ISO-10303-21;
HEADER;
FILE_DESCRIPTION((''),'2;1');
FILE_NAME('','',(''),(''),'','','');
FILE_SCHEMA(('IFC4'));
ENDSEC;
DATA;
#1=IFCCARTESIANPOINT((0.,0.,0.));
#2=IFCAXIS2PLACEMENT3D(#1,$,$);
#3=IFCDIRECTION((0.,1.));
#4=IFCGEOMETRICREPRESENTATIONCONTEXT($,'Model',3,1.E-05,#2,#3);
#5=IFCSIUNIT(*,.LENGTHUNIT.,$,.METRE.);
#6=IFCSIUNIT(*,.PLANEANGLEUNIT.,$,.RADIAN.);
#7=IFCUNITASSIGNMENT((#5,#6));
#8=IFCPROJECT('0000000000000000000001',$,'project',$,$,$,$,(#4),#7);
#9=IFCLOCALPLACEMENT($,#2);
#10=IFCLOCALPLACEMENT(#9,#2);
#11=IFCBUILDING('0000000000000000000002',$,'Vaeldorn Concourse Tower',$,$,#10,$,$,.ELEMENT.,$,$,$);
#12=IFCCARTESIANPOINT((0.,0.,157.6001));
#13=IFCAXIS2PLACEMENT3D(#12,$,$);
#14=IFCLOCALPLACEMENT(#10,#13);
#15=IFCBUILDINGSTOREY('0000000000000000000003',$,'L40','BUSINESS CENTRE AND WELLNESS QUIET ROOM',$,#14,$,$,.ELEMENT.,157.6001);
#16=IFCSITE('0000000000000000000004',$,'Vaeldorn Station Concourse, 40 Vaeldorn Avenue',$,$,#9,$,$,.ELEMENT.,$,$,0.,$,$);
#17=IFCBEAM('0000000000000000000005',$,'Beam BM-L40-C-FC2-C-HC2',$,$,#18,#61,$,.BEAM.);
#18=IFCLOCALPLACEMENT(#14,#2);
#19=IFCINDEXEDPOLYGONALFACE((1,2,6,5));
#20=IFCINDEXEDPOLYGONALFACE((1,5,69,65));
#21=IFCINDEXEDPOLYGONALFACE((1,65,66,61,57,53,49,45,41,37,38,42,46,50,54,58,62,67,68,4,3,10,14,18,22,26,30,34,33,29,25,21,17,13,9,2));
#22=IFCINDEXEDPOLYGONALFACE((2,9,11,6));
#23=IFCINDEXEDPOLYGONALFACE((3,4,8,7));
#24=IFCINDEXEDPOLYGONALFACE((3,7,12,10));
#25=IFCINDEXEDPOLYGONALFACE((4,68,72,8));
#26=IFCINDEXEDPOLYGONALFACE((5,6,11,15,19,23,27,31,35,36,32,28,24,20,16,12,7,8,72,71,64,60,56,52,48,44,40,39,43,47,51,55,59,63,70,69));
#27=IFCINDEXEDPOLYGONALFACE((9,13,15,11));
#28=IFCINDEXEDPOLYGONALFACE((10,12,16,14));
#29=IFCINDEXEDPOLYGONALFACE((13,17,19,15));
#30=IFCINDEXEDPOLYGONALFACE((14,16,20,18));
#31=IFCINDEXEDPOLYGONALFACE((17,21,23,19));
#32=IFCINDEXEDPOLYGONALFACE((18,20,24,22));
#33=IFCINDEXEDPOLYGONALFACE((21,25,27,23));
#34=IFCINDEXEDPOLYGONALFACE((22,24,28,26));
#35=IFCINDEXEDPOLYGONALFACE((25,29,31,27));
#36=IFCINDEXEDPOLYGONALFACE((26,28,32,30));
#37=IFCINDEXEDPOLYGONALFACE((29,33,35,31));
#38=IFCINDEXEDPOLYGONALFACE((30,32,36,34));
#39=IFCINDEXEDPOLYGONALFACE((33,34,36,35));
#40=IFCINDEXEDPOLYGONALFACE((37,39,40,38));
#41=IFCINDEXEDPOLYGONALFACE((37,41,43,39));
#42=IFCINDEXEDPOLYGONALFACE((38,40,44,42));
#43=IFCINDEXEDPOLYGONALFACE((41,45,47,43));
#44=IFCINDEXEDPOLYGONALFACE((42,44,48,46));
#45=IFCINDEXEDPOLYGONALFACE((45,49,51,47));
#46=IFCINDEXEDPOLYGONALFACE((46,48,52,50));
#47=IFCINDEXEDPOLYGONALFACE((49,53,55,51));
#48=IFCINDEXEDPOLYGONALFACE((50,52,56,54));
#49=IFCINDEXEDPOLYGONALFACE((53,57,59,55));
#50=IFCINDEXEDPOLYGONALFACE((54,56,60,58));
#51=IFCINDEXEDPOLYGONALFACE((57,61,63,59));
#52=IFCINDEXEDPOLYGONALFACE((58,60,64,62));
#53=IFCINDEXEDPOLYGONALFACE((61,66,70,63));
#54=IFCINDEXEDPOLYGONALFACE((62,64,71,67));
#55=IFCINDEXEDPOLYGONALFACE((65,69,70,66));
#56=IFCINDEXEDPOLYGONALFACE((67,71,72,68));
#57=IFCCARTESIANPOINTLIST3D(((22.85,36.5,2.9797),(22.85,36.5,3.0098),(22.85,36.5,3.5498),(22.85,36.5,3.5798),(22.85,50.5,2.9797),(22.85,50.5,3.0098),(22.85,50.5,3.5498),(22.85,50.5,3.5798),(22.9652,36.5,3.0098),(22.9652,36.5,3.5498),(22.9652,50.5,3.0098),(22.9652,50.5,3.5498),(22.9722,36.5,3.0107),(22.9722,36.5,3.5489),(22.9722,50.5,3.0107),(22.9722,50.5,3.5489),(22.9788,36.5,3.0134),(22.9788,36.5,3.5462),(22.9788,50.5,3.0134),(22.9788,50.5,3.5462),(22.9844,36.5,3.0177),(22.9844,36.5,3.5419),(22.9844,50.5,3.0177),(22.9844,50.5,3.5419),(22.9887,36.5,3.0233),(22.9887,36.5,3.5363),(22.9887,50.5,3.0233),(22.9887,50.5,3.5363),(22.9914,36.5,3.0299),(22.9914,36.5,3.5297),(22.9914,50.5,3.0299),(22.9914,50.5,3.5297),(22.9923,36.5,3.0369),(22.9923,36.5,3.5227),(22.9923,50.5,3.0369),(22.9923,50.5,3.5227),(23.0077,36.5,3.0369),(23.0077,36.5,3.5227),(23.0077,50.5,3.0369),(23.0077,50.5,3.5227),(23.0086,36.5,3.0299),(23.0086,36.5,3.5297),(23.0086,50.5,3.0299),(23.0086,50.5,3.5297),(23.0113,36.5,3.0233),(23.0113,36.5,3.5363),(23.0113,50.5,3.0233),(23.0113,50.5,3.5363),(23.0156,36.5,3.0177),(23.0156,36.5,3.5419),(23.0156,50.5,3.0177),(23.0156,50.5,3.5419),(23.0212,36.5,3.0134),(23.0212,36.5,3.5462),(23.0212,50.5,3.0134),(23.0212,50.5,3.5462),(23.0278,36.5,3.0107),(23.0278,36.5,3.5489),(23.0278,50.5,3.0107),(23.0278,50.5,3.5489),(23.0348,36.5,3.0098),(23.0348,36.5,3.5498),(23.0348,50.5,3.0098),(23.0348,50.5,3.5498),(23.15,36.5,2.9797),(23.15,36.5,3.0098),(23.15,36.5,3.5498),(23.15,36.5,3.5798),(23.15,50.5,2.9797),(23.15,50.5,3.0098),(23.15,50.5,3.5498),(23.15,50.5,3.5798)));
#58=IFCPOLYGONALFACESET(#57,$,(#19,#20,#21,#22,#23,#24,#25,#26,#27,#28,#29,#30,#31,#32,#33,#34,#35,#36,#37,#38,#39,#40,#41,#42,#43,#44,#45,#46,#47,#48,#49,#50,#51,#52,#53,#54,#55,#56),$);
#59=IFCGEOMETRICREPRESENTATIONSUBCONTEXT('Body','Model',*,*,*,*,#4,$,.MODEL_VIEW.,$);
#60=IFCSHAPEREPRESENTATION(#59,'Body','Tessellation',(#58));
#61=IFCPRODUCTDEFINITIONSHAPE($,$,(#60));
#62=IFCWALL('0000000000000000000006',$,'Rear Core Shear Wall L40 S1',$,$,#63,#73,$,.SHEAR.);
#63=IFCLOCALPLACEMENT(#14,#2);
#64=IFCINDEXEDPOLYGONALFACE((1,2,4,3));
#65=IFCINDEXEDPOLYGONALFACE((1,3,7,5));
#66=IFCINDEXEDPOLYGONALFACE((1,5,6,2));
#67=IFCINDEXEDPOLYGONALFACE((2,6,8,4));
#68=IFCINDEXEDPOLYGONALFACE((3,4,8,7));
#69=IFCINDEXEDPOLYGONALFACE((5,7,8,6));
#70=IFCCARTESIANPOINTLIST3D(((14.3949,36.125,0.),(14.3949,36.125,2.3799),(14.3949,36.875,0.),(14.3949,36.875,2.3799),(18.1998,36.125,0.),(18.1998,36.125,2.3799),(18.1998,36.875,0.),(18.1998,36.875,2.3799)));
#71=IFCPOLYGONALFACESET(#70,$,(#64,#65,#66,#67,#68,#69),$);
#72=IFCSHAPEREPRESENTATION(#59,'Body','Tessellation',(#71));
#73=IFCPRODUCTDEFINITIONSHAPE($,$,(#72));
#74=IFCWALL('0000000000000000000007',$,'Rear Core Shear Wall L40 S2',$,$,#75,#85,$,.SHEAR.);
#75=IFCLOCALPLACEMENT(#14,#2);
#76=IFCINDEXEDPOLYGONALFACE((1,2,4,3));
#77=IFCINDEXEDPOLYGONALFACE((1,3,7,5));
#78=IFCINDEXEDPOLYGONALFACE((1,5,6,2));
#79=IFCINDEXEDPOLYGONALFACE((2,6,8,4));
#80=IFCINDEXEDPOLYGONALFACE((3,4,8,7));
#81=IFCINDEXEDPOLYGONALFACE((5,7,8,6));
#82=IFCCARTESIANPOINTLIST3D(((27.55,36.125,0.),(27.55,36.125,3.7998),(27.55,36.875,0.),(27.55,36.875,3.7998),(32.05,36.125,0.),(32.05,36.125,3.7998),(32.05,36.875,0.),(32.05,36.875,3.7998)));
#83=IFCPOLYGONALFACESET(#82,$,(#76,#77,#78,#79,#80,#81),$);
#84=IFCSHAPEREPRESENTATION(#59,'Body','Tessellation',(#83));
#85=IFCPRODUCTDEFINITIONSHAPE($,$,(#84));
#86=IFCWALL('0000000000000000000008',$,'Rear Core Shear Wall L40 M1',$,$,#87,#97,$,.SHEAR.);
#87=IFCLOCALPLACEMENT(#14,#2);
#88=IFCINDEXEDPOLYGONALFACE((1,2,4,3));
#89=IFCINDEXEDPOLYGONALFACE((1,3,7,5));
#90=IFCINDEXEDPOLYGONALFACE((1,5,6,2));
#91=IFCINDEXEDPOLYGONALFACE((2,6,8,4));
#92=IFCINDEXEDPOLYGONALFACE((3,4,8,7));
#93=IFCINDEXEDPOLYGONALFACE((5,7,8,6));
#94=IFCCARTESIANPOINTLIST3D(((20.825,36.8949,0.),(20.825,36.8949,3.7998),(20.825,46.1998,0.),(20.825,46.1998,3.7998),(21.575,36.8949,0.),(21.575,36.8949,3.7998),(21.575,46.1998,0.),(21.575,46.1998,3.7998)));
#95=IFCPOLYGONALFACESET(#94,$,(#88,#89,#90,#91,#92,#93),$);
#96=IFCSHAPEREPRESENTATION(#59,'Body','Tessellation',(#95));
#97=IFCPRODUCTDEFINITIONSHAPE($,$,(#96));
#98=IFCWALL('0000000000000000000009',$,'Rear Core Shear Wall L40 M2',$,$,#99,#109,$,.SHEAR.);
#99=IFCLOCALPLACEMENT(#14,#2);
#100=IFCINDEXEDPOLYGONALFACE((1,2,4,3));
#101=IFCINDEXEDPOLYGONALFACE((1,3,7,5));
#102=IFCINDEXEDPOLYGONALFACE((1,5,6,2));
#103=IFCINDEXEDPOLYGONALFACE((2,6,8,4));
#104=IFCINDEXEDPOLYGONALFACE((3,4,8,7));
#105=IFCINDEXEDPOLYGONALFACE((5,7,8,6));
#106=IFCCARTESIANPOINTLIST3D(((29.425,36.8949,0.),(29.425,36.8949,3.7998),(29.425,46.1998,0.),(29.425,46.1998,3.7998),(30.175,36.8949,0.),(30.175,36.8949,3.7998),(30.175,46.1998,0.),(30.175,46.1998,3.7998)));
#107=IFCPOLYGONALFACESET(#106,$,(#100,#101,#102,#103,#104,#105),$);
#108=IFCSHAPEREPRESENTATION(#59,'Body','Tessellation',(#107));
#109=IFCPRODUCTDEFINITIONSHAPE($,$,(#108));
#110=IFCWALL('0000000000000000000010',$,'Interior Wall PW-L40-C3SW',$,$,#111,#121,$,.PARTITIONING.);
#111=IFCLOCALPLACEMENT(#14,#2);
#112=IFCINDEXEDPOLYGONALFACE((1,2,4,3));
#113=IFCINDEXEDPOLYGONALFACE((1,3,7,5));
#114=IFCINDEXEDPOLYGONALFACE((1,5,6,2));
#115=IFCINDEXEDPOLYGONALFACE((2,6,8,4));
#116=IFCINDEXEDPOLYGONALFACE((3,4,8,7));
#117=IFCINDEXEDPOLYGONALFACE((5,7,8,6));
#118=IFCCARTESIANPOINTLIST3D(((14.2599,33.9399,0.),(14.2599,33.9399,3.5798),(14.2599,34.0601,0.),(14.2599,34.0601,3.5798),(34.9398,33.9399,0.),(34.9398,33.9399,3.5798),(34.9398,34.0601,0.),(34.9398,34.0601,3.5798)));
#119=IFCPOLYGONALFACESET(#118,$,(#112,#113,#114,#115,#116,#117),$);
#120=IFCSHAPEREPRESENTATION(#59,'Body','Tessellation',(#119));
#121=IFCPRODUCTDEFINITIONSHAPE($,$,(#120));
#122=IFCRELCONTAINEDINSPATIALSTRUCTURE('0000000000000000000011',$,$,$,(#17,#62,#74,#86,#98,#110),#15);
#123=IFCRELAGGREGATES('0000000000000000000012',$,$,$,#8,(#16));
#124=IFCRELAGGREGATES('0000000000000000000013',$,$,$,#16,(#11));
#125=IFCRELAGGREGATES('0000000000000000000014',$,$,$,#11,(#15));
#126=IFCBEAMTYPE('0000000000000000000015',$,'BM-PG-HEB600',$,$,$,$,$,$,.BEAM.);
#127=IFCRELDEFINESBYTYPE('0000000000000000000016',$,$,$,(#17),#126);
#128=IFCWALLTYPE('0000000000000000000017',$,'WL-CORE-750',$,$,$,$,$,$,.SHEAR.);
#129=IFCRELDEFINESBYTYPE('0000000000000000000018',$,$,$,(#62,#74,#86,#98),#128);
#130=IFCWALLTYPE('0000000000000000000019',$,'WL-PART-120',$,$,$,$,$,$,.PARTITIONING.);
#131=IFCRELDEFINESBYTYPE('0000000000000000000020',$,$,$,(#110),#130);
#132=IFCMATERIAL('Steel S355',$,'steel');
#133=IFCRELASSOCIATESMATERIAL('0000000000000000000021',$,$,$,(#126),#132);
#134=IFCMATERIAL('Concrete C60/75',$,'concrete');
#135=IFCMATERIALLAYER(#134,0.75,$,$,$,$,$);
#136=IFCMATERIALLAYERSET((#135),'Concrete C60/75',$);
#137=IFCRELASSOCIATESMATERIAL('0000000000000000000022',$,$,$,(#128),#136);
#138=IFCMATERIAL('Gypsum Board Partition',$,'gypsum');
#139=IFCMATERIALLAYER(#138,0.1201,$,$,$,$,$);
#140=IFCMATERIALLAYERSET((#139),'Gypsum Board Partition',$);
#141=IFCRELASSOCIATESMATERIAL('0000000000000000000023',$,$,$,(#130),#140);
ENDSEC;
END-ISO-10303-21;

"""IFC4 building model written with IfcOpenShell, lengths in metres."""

from ifc_helpers import new_model, si_unit, direction, frame, frame_2d, origin, origin_2d, place, context, subcontext, project, spatial, rectangle, i_section, extrude, source, transform, mapped, material, layer, layer_set, material_profile, profile_set, type_object, element, save


model = new_model("IFC4")

# Units and contexts
model_context = context("Model", 3, precision=1e-05, world=origin(), true_north=direction((0.0, 1.0)))
body_context = subcontext(model_context, "Body", "Model", "MODEL_VIEW")
ifc_project = project(units=[si_unit("LENGTHUNIT", "METRE"), si_unit("PLANEANGLEUNIT", "RADIAN")], contexts=[model_context])

# Site, building, storey
site_placement = place(None, origin())
site = spatial("IfcSite", under=ifc_project, at=site_placement, Name="Vaeldorn Station Concourse, 40 Vaeldorn Avenue", CompositionType="ELEMENT", RefElevation=0.0)
building_placement = place(site_placement, origin())
building = spatial("IfcBuilding", under=site, at=building_placement, Name="Vaeldorn Concourse Tower", CompositionType="ELEMENT")
storey_placement = place(building_placement, frame((0.0, 0.0, 157.6001)))
storey = spatial("IfcBuildingStorey", under=building, at=storey_placement, Name="L40", Description="BUSINESS CENTRE AND WELLNESS QUIET ROOM", CompositionType="ELEMENT", Elevation=157.6001)

# Beam
ifc_material_1 = material(Name="Steel S355", Category="steel")
ifc_material_profile_1 = material_profile(ifc_material_1, i_section(OverallWidth=0.3, OverallDepth=0.6001, WebThickness=0.0154, FlangeThickness=0.03, FilletRadius=0.0271, at=origin_2d()), Name="HEB 600")
ifc_profile_set_1 = profile_set([ifc_material_profile_1], Name="Steel S355")
beam_type_1 = type_object("IfcBeamType", Name="BM-PG-HEB600", PredefinedType="BEAM", material=ifc_profile_set_1)
shared_shape_1 = source(origin(), body_context, "Body", "SweptSolid", [
    extrude(i_section(OverallWidth=0.3, OverallDepth=0.6001, WebThickness=0.0154, FlangeThickness=0.03, FilletRadius=0.0271, at=origin_2d()), origin(), (0.0, 0.0, 1.0), 14.0),
])
beam_1_placement = place(storey_placement, frame((23.0, 36.5, 3.2798), z_axis=(0.0, 1.0, 0.0), x_axis=(-1.0, 0.0, 0.0)))
element("IfcBeam", 1, at=beam_1_placement, inside=storey, type_object=beam_type_1, Name="Beam BM-L40-C-FC2-C-HC2", PredefinedType="BEAM", context=body_context, shape_type="MappedRepresentation", body=[
    mapped(shared_shape_1, transform((0.0, 0.0, 0.0), scale=1.0)),
])

# Walls
ifc_material_2 = material(Name="Concrete C60/75", Category="concrete")
ifc_layer_1 = layer(ifc_material_2, 0.75)
ifc_layer_set_1 = layer_set([ifc_layer_1], Name="Concrete C60/75")
wall_type_1 = type_object("IfcWallType", Name="WL-CORE-750", PredefinedType="SHEAR", material=ifc_layer_set_1)
wall_1_placement = place(storey_placement, frame((14.395, 36.5, 0.0), z_axis=(0.0, 0.0, 1.0), x_axis=(1.0, 0.0, 0.0)))
element("IfcWall", 2, at=wall_1_placement, inside=storey, type_object=wall_type_1, Name="Rear Core Shear Wall L40 S1", PredefinedType="SHEAR", context=body_context, shape_type="SweptSolid", body=[
    extrude(rectangle(XDim=3.8049, YDim=0.75, at=frame_2d((1.9023, 0.0))), origin(), (0.0, 0.0, 1.0), 2.3799),
])
wall_2_placement = place(storey_placement, frame((27.55, 36.5, 0.0), z_axis=(0.0, 0.0, 1.0), x_axis=(1.0, 0.0, 0.0)))
element("IfcWall", 3, at=wall_2_placement, inside=storey, type_object=wall_type_1, Name="Rear Core Shear Wall L40 S2", PredefinedType="SHEAR", context=body_context, shape_type="SweptSolid", body=[
    extrude(rectangle(XDim=4.5, YDim=0.75, at=frame_2d((2.25, 0.0))), origin(), (0.0, 0.0, 1.0), 3.7998),
])
for number, where, z_axis, x_axis, name in (
    (4, (21.2, 36.895, 0.0), (0.0, 0.0, 1.0), (0.0, 1.0, 0.0), "Rear Core Shear Wall L40 M1"),
    (5, (29.8, 36.895, 0.0), (0.0, 0.0, 1.0), (0.0, 1.0, 0.0), "Rear Core Shear Wall L40 M2"),
):
    element("IfcWall", number, at=place(storey_placement, frame(where, z_axis=z_axis, x_axis=x_axis)), inside=storey, type_object=wall_type_1, Name=name, PredefinedType="SHEAR", context=body_context, shape_type="SweptSolid", body=[
        extrude(rectangle(XDim=9.3049, YDim=0.75, at=frame_2d((4.6523, 0.0))), origin(), (0.0, 0.0, 1.0), 3.7998),
    ])
ifc_material_3 = material(Name="Gypsum Board Partition", Category="gypsum")
ifc_layer_2 = layer(ifc_material_3, 0.1201)
ifc_layer_set_2 = layer_set([ifc_layer_2], Name="Gypsum Board Partition")
wall_type_2 = type_object("IfcWallType", Name="WL-PART-120", PredefinedType="PARTITIONING", material=ifc_layer_set_2)
wall_3_placement = place(storey_placement, frame((14.26, 34.0, 0.0), z_axis=(0.0, 0.0, 1.0), x_axis=(1.0, 0.0, 0.0)))
element("IfcWall", 6, at=wall_3_placement, inside=storey, type_object=wall_type_2, Name="Interior Wall PW-L40-C3SW", PredefinedType="PARTITIONING", context=body_context, shape_type="SweptSolid", body=[
    extrude(rectangle(XDim=20.6799, YDim=0.1201, at=frame_2d((10.3398, 0.0))), origin(), (0.0, 0.0, 1.0), 3.5798),
])

save(model, "model.ifc")
